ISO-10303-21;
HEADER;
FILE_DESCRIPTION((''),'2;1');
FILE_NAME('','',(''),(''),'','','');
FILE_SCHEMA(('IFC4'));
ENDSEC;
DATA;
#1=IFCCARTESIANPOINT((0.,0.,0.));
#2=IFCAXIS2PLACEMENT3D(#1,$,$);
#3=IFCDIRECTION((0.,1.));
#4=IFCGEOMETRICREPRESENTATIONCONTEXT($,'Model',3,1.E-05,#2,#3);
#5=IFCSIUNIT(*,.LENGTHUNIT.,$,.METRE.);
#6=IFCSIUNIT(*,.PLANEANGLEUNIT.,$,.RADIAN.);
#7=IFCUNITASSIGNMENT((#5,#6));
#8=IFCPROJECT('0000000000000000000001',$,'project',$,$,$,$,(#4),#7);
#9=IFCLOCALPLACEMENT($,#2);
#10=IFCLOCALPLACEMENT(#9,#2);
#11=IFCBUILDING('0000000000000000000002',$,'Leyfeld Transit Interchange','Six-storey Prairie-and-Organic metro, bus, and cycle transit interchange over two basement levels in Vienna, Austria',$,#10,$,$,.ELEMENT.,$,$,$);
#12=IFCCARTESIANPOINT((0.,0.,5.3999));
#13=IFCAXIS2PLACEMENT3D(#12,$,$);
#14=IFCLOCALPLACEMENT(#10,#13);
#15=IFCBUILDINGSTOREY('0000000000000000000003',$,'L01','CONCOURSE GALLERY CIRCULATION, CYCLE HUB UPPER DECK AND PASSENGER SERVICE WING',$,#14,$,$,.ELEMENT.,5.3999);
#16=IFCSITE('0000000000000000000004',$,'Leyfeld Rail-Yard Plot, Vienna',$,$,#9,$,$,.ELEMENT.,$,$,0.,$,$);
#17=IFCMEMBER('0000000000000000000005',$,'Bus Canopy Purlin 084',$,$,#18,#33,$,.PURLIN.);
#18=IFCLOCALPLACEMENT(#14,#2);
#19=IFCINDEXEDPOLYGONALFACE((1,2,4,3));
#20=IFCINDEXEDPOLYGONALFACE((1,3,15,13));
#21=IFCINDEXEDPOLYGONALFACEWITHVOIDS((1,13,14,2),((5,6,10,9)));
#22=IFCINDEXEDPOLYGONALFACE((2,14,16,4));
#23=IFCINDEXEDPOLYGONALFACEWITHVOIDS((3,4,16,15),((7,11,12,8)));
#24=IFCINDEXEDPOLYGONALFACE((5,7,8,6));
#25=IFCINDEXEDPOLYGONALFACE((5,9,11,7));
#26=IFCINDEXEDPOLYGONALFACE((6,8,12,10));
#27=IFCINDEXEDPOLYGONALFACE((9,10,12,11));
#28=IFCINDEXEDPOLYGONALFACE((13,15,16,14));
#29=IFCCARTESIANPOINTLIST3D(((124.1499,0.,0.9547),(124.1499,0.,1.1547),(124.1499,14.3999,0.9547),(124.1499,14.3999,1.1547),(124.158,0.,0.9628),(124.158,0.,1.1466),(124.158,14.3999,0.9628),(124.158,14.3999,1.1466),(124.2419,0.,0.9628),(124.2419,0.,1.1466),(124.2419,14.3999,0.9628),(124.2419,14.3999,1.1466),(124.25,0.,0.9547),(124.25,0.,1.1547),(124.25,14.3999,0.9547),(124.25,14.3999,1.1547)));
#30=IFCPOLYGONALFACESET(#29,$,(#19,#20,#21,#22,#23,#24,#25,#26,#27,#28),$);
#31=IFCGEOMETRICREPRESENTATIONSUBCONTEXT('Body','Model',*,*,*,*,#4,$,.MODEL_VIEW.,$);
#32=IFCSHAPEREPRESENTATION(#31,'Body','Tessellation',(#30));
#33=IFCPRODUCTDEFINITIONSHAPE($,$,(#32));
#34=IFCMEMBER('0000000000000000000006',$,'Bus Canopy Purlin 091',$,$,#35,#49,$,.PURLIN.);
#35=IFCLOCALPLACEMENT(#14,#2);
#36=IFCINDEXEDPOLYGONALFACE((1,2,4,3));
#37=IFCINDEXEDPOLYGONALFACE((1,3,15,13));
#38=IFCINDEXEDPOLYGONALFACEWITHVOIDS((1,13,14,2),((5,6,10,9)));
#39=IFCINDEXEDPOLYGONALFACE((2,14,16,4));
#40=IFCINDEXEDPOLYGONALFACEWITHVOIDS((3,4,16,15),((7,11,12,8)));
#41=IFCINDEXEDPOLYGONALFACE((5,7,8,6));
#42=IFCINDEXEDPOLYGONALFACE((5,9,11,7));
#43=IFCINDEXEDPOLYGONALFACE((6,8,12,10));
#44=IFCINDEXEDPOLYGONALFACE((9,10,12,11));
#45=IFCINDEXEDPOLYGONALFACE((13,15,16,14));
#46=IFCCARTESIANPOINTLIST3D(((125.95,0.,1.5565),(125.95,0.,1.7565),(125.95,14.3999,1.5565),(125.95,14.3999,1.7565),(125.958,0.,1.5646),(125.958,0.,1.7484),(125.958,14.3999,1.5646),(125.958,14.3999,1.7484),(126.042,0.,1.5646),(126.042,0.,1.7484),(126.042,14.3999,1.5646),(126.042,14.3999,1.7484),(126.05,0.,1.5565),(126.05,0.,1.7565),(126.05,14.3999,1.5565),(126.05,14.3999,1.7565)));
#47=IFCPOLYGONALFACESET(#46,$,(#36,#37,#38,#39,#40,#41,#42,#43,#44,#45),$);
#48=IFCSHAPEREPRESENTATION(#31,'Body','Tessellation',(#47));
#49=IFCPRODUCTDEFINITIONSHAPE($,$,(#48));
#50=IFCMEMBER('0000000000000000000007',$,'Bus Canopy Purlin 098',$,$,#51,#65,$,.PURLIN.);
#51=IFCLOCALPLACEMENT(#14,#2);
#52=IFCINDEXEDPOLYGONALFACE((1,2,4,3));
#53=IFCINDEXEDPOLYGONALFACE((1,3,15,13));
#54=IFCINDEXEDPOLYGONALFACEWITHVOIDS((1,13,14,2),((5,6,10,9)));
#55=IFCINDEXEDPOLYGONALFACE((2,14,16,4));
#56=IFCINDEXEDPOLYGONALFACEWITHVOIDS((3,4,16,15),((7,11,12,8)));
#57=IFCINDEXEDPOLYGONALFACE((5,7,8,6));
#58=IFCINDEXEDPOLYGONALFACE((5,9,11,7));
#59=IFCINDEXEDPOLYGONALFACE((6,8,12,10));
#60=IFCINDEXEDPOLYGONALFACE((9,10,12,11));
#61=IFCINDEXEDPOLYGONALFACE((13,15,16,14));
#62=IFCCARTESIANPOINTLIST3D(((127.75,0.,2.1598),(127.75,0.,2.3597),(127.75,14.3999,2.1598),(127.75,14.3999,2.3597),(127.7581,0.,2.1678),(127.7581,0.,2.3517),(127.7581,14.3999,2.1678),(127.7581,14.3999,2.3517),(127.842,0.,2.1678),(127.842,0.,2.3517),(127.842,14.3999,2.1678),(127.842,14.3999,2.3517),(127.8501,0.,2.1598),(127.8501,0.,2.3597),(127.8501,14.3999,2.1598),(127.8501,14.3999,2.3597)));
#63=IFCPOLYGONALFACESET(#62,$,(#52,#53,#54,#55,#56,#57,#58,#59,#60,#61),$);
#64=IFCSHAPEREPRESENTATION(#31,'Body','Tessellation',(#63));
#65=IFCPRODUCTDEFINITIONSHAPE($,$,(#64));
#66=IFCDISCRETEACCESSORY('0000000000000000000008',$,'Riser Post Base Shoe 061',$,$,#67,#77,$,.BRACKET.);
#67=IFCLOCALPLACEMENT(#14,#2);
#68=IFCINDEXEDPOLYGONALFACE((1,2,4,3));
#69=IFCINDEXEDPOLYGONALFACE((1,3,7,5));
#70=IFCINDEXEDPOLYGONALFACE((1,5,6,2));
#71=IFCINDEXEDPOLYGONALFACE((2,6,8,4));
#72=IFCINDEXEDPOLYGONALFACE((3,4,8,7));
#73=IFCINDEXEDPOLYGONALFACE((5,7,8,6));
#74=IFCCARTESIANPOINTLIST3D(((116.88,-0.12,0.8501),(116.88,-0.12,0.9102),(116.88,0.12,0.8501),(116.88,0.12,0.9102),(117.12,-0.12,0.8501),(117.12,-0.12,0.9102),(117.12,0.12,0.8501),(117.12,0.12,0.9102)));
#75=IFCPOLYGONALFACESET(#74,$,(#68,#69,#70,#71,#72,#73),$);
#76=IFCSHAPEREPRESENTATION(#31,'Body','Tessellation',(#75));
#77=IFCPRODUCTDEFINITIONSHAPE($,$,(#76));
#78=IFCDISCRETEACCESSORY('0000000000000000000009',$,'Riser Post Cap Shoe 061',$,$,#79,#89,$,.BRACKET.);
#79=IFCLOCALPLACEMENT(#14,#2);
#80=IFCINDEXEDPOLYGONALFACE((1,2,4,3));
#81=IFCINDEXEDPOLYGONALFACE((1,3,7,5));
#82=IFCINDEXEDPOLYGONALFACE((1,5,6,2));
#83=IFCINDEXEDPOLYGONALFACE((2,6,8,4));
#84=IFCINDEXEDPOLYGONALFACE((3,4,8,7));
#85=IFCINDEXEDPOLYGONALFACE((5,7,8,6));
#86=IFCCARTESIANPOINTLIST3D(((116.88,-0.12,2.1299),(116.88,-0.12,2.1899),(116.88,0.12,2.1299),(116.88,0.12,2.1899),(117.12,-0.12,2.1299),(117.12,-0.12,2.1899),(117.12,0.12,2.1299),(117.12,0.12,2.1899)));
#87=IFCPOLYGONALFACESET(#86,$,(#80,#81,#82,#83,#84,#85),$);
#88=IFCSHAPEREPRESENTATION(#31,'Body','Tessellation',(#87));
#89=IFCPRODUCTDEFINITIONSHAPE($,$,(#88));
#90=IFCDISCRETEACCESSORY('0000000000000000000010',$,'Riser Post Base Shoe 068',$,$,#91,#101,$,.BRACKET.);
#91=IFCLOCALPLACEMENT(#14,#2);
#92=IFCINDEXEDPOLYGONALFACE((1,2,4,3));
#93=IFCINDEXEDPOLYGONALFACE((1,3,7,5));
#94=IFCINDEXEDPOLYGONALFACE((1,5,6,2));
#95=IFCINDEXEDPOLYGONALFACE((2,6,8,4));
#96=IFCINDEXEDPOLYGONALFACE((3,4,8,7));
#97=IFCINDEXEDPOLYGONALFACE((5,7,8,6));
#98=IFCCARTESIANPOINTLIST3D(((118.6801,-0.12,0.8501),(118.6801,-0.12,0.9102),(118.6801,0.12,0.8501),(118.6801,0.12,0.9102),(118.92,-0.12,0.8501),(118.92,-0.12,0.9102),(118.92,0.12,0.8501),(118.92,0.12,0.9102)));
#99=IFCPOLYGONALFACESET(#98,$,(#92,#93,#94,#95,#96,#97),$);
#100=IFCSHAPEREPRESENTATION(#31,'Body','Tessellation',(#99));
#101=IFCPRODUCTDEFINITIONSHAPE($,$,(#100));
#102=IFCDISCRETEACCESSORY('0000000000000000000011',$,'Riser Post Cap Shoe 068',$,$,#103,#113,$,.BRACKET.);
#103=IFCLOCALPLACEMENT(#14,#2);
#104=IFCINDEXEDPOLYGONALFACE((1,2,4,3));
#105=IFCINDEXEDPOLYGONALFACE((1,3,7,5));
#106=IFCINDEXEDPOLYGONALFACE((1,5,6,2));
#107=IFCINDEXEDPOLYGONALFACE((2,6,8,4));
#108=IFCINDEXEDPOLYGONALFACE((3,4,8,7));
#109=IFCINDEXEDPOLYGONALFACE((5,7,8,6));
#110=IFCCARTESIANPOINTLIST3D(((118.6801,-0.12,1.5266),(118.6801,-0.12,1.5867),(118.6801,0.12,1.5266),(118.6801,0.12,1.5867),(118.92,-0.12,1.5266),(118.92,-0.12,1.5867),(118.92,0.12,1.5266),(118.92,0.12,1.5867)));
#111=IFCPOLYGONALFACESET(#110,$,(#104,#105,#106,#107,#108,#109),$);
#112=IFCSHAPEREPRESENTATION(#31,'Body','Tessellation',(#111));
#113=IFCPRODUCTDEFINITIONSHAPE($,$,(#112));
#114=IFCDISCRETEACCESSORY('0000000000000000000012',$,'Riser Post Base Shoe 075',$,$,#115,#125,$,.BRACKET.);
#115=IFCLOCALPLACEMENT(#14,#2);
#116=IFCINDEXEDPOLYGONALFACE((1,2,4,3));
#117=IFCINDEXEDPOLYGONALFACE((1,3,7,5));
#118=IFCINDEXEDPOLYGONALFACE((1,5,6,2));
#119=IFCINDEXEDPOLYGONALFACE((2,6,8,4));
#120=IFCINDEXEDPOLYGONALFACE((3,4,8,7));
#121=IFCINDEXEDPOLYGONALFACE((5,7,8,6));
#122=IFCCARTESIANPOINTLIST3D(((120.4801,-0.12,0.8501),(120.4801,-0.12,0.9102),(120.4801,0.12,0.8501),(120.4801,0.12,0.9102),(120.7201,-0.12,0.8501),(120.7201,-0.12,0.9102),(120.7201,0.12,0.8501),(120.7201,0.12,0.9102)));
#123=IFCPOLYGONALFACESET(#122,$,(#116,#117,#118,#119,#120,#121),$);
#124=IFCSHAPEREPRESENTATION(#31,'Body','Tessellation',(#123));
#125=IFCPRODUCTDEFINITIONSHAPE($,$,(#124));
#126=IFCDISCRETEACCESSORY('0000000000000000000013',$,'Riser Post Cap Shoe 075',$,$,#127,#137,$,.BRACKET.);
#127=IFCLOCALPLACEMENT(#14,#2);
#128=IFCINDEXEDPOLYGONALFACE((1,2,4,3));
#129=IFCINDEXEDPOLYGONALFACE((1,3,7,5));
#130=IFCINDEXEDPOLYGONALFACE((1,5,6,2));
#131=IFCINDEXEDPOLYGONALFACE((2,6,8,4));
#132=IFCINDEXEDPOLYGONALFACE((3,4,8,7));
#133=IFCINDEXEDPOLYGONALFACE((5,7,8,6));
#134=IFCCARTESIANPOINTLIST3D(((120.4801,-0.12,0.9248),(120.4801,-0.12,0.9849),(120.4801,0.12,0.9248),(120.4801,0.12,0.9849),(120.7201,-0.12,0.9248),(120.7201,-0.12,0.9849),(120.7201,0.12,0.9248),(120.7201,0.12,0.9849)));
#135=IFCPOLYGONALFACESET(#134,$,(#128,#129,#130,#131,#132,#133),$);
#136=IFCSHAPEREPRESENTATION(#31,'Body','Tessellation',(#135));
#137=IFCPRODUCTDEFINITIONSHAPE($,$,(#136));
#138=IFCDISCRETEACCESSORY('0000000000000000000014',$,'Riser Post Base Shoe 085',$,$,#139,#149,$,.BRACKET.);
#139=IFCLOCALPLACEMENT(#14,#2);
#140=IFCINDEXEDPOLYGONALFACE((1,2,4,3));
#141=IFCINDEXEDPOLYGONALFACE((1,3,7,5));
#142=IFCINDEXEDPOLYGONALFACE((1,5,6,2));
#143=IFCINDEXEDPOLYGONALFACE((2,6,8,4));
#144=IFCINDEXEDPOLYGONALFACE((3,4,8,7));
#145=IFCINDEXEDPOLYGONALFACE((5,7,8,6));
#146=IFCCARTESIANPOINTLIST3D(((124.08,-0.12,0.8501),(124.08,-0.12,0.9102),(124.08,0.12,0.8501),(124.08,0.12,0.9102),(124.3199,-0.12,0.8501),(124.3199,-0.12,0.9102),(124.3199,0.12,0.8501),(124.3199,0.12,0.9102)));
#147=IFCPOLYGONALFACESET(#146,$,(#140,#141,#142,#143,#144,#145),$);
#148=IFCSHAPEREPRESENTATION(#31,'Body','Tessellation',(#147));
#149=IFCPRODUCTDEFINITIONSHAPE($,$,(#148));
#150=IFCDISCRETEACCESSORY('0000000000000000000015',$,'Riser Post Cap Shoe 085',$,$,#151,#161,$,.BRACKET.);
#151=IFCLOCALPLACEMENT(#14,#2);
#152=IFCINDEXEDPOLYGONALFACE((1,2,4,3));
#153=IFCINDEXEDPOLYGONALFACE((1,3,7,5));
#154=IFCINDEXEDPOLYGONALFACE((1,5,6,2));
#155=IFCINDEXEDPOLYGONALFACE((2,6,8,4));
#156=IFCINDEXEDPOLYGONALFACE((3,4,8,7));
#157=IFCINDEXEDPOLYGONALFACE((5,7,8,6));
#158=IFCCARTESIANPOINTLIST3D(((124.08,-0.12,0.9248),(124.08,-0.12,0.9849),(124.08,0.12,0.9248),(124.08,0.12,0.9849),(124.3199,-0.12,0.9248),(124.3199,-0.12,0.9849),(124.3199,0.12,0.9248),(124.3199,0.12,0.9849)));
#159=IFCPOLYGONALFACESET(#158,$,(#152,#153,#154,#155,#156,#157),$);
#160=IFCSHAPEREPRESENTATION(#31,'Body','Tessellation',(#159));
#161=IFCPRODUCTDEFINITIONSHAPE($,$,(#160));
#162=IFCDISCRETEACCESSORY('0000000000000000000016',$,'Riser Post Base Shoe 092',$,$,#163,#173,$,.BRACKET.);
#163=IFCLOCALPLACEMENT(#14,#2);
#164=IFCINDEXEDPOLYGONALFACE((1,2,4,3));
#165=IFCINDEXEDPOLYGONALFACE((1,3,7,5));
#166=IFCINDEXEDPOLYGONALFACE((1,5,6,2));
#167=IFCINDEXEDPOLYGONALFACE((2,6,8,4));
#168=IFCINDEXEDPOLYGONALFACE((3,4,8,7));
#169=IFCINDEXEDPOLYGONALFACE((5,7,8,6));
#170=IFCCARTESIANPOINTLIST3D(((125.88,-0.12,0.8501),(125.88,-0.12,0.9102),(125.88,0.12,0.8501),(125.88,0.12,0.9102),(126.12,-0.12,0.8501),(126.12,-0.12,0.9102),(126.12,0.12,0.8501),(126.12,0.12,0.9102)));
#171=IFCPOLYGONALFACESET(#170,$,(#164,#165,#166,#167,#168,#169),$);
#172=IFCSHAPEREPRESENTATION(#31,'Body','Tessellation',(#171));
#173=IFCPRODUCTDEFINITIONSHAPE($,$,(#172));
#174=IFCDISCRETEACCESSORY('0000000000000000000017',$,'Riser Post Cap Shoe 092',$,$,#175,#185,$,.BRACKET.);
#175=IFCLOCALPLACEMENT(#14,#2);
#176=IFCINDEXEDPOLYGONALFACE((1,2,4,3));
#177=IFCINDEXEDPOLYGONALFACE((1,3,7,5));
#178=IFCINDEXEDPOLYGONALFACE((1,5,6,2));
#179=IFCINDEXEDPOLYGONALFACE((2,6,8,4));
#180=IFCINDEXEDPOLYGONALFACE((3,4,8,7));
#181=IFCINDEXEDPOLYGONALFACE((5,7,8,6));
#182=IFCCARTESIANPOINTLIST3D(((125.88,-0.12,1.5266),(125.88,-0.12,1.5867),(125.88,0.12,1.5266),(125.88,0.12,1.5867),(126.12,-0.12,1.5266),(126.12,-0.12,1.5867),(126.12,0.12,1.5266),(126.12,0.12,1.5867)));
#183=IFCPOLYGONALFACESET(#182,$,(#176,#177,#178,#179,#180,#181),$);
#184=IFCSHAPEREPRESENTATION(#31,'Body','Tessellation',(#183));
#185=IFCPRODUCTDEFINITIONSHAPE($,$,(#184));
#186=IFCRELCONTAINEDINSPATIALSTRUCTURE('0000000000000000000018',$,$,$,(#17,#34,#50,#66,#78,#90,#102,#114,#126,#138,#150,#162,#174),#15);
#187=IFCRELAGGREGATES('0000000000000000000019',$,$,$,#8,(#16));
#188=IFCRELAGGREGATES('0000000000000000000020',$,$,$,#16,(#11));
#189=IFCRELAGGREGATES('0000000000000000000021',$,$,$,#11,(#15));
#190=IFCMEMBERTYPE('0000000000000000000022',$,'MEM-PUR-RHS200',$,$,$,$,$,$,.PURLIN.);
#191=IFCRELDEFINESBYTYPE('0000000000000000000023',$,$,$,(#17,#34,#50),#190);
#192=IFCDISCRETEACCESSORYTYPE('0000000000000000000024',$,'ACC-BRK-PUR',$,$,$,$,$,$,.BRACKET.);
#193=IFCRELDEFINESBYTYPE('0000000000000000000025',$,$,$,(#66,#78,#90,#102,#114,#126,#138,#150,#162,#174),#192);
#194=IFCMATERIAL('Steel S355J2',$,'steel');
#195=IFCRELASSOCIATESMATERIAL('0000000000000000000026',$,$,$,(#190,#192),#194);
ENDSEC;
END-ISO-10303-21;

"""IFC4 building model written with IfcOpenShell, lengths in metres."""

from ifc_helpers import new_model, si_unit, direction, frame, origin, origin_2d, place, context, subcontext, project, spatial, rectangle, hollow_rectangle, extrude, material, material_profile, profile_set, type_object, element, save


model = new_model("IFC4")

# Units and contexts
model_context = context("Model", 3, precision=1e-05, world=origin(), true_north=direction((0.0, 1.0)))
body_context = subcontext(model_context, "Body", "Model", "MODEL_VIEW")
ifc_project = project(units=[si_unit("LENGTHUNIT", "METRE"), si_unit("PLANEANGLEUNIT", "RADIAN")], contexts=[model_context])

# Site, building, storey
site_placement = place(None, origin())
site = spatial("IfcSite", under=ifc_project, at=site_placement, Name="Leyfeld Rail-Yard Plot, Vienna", CompositionType="ELEMENT", RefElevation=0.0)
building_placement = place(site_placement, origin())
building = spatial("IfcBuilding", under=site, at=building_placement, Name="Leyfeld Transit Interchange", Description="Six-storey Prairie-and-Organic metro, bus, and cycle transit interchange over two basement levels in Vienna, Austria", CompositionType="ELEMENT")
storey_placement = place(building_placement, frame((0.0, 0.0, 5.3999)))
storey = spatial("IfcBuildingStorey", under=building, at=storey_placement, Name="L01", Description="CONCOURSE GALLERY CIRCULATION, CYCLE HUB UPPER DECK AND PASSENGER SERVICE WING", CompositionType="ELEMENT", Elevation=5.3999)

# Members
ifc_material = material(Name="Steel S355J2", Category="steel")
ifc_material_profile_1 = material_profile(ifc_material, hollow_rectangle(XDim=0.1001, YDim=0.2, WallThickness=0.0081, at=origin_2d()), Name="RHS 200x100x8")
ifc_profile_set_1 = profile_set([ifc_material_profile_1], Name="Steel S355J2")
member_type_1 = type_object("IfcMemberType", Name="MEM-PUR-RHS200", PredefinedType="PURLIN", material=ifc_profile_set_1)
for number, where, z_axis, x_axis, name in (
    (1, (124.2, 0.0, 1.0547), (0.0, 1.0, 0.0), (-1.0, 0.0, 0.0), "Bus Canopy Purlin 084"),
    (2, (126.0, 0.0, 1.6565), (0.0, 1.0, 0.0), (-1.0, 0.0, 0.0), "Bus Canopy Purlin 091"),
    (3, (127.8, 0.0, 2.2598), (0.0, 1.0, 0.0), (-1.0, 0.0, 0.0), "Bus Canopy Purlin 098"),
):
    element("IfcMember", number, at=place(storey_placement, frame(where, z_axis=z_axis, x_axis=x_axis)), inside=storey, type_object=member_type_1, Name=name, PredefinedType="PURLIN", context=body_context, shape_type="SweptSolid", body=[
        extrude(hollow_rectangle(XDim=0.1001, YDim=0.2, WallThickness=0.0081, at=origin_2d()), origin(), (0.0, 0.0, 1.0), 14.3999),
    ])

# Discrete accessories
discrete_accessory_type = type_object("IfcDiscreteAccessoryType", Name="ACC-BRK-PUR", PredefinedType="BRACKET", material=ifc_material)
for number, where, z_axis, x_axis, name in (
    (4, (117.0, 0.0, 0.8501), (0.0, 0.0, 1.0), (1.0, 0.0, 0.0), "Riser Post Base Shoe 061"),
    (5, (117.0, 0.0, 2.1299), (0.0, 0.0, 1.0), (1.0, 0.0, 0.0), "Riser Post Cap Shoe 061"),
    (6, (118.8, 0.0, 0.8501), (0.0, 0.0, 1.0), (1.0, 0.0, 0.0), "Riser Post Base Shoe 068"),
    (7, (118.8, 0.0, 1.5266), (0.0, 0.0, 1.0), (1.0, 0.0, 0.0), "Riser Post Cap Shoe 068"),
    (8, (120.6001, 0.0, 0.8501), (0.0, 0.0, 1.0), (1.0, 0.0, 0.0), "Riser Post Base Shoe 075"),
    (9, (120.6001, 0.0, 0.9248), (0.0, 0.0, 1.0), (1.0, 0.0, 0.0), "Riser Post Cap Shoe 075"),
    (10, (124.2, 0.0, 0.8501), (0.0, 0.0, 1.0), (1.0, 0.0, 0.0), "Riser Post Base Shoe 085"),
    (11, (124.2, 0.0, 0.9248), (0.0, 0.0, 1.0), (1.0, 0.0, 0.0), "Riser Post Cap Shoe 085"),
    (12, (126.0, 0.0, 0.8501), (0.0, 0.0, 1.0), (1.0, 0.0, 0.0), "Riser Post Base Shoe 092"),
    (13, (126.0, 0.0, 1.5266), (0.0, 0.0, 1.0), (1.0, 0.0, 0.0), "Riser Post Cap Shoe 092"),
):
    element("IfcDiscreteAccessory", number, at=place(storey_placement, frame(where, z_axis=z_axis, x_axis=x_axis)), inside=storey, type_object=discrete_accessory_type, Name=name, PredefinedType="BRACKET", context=body_context, shape_type="SweptSolid", body=[
        extrude(rectangle(XDim=0.24, YDim=0.24, at=origin_2d()), origin(), (0.0, 0.0, 1.0), 0.0601),
    ])

save(model, "model.ifc")
